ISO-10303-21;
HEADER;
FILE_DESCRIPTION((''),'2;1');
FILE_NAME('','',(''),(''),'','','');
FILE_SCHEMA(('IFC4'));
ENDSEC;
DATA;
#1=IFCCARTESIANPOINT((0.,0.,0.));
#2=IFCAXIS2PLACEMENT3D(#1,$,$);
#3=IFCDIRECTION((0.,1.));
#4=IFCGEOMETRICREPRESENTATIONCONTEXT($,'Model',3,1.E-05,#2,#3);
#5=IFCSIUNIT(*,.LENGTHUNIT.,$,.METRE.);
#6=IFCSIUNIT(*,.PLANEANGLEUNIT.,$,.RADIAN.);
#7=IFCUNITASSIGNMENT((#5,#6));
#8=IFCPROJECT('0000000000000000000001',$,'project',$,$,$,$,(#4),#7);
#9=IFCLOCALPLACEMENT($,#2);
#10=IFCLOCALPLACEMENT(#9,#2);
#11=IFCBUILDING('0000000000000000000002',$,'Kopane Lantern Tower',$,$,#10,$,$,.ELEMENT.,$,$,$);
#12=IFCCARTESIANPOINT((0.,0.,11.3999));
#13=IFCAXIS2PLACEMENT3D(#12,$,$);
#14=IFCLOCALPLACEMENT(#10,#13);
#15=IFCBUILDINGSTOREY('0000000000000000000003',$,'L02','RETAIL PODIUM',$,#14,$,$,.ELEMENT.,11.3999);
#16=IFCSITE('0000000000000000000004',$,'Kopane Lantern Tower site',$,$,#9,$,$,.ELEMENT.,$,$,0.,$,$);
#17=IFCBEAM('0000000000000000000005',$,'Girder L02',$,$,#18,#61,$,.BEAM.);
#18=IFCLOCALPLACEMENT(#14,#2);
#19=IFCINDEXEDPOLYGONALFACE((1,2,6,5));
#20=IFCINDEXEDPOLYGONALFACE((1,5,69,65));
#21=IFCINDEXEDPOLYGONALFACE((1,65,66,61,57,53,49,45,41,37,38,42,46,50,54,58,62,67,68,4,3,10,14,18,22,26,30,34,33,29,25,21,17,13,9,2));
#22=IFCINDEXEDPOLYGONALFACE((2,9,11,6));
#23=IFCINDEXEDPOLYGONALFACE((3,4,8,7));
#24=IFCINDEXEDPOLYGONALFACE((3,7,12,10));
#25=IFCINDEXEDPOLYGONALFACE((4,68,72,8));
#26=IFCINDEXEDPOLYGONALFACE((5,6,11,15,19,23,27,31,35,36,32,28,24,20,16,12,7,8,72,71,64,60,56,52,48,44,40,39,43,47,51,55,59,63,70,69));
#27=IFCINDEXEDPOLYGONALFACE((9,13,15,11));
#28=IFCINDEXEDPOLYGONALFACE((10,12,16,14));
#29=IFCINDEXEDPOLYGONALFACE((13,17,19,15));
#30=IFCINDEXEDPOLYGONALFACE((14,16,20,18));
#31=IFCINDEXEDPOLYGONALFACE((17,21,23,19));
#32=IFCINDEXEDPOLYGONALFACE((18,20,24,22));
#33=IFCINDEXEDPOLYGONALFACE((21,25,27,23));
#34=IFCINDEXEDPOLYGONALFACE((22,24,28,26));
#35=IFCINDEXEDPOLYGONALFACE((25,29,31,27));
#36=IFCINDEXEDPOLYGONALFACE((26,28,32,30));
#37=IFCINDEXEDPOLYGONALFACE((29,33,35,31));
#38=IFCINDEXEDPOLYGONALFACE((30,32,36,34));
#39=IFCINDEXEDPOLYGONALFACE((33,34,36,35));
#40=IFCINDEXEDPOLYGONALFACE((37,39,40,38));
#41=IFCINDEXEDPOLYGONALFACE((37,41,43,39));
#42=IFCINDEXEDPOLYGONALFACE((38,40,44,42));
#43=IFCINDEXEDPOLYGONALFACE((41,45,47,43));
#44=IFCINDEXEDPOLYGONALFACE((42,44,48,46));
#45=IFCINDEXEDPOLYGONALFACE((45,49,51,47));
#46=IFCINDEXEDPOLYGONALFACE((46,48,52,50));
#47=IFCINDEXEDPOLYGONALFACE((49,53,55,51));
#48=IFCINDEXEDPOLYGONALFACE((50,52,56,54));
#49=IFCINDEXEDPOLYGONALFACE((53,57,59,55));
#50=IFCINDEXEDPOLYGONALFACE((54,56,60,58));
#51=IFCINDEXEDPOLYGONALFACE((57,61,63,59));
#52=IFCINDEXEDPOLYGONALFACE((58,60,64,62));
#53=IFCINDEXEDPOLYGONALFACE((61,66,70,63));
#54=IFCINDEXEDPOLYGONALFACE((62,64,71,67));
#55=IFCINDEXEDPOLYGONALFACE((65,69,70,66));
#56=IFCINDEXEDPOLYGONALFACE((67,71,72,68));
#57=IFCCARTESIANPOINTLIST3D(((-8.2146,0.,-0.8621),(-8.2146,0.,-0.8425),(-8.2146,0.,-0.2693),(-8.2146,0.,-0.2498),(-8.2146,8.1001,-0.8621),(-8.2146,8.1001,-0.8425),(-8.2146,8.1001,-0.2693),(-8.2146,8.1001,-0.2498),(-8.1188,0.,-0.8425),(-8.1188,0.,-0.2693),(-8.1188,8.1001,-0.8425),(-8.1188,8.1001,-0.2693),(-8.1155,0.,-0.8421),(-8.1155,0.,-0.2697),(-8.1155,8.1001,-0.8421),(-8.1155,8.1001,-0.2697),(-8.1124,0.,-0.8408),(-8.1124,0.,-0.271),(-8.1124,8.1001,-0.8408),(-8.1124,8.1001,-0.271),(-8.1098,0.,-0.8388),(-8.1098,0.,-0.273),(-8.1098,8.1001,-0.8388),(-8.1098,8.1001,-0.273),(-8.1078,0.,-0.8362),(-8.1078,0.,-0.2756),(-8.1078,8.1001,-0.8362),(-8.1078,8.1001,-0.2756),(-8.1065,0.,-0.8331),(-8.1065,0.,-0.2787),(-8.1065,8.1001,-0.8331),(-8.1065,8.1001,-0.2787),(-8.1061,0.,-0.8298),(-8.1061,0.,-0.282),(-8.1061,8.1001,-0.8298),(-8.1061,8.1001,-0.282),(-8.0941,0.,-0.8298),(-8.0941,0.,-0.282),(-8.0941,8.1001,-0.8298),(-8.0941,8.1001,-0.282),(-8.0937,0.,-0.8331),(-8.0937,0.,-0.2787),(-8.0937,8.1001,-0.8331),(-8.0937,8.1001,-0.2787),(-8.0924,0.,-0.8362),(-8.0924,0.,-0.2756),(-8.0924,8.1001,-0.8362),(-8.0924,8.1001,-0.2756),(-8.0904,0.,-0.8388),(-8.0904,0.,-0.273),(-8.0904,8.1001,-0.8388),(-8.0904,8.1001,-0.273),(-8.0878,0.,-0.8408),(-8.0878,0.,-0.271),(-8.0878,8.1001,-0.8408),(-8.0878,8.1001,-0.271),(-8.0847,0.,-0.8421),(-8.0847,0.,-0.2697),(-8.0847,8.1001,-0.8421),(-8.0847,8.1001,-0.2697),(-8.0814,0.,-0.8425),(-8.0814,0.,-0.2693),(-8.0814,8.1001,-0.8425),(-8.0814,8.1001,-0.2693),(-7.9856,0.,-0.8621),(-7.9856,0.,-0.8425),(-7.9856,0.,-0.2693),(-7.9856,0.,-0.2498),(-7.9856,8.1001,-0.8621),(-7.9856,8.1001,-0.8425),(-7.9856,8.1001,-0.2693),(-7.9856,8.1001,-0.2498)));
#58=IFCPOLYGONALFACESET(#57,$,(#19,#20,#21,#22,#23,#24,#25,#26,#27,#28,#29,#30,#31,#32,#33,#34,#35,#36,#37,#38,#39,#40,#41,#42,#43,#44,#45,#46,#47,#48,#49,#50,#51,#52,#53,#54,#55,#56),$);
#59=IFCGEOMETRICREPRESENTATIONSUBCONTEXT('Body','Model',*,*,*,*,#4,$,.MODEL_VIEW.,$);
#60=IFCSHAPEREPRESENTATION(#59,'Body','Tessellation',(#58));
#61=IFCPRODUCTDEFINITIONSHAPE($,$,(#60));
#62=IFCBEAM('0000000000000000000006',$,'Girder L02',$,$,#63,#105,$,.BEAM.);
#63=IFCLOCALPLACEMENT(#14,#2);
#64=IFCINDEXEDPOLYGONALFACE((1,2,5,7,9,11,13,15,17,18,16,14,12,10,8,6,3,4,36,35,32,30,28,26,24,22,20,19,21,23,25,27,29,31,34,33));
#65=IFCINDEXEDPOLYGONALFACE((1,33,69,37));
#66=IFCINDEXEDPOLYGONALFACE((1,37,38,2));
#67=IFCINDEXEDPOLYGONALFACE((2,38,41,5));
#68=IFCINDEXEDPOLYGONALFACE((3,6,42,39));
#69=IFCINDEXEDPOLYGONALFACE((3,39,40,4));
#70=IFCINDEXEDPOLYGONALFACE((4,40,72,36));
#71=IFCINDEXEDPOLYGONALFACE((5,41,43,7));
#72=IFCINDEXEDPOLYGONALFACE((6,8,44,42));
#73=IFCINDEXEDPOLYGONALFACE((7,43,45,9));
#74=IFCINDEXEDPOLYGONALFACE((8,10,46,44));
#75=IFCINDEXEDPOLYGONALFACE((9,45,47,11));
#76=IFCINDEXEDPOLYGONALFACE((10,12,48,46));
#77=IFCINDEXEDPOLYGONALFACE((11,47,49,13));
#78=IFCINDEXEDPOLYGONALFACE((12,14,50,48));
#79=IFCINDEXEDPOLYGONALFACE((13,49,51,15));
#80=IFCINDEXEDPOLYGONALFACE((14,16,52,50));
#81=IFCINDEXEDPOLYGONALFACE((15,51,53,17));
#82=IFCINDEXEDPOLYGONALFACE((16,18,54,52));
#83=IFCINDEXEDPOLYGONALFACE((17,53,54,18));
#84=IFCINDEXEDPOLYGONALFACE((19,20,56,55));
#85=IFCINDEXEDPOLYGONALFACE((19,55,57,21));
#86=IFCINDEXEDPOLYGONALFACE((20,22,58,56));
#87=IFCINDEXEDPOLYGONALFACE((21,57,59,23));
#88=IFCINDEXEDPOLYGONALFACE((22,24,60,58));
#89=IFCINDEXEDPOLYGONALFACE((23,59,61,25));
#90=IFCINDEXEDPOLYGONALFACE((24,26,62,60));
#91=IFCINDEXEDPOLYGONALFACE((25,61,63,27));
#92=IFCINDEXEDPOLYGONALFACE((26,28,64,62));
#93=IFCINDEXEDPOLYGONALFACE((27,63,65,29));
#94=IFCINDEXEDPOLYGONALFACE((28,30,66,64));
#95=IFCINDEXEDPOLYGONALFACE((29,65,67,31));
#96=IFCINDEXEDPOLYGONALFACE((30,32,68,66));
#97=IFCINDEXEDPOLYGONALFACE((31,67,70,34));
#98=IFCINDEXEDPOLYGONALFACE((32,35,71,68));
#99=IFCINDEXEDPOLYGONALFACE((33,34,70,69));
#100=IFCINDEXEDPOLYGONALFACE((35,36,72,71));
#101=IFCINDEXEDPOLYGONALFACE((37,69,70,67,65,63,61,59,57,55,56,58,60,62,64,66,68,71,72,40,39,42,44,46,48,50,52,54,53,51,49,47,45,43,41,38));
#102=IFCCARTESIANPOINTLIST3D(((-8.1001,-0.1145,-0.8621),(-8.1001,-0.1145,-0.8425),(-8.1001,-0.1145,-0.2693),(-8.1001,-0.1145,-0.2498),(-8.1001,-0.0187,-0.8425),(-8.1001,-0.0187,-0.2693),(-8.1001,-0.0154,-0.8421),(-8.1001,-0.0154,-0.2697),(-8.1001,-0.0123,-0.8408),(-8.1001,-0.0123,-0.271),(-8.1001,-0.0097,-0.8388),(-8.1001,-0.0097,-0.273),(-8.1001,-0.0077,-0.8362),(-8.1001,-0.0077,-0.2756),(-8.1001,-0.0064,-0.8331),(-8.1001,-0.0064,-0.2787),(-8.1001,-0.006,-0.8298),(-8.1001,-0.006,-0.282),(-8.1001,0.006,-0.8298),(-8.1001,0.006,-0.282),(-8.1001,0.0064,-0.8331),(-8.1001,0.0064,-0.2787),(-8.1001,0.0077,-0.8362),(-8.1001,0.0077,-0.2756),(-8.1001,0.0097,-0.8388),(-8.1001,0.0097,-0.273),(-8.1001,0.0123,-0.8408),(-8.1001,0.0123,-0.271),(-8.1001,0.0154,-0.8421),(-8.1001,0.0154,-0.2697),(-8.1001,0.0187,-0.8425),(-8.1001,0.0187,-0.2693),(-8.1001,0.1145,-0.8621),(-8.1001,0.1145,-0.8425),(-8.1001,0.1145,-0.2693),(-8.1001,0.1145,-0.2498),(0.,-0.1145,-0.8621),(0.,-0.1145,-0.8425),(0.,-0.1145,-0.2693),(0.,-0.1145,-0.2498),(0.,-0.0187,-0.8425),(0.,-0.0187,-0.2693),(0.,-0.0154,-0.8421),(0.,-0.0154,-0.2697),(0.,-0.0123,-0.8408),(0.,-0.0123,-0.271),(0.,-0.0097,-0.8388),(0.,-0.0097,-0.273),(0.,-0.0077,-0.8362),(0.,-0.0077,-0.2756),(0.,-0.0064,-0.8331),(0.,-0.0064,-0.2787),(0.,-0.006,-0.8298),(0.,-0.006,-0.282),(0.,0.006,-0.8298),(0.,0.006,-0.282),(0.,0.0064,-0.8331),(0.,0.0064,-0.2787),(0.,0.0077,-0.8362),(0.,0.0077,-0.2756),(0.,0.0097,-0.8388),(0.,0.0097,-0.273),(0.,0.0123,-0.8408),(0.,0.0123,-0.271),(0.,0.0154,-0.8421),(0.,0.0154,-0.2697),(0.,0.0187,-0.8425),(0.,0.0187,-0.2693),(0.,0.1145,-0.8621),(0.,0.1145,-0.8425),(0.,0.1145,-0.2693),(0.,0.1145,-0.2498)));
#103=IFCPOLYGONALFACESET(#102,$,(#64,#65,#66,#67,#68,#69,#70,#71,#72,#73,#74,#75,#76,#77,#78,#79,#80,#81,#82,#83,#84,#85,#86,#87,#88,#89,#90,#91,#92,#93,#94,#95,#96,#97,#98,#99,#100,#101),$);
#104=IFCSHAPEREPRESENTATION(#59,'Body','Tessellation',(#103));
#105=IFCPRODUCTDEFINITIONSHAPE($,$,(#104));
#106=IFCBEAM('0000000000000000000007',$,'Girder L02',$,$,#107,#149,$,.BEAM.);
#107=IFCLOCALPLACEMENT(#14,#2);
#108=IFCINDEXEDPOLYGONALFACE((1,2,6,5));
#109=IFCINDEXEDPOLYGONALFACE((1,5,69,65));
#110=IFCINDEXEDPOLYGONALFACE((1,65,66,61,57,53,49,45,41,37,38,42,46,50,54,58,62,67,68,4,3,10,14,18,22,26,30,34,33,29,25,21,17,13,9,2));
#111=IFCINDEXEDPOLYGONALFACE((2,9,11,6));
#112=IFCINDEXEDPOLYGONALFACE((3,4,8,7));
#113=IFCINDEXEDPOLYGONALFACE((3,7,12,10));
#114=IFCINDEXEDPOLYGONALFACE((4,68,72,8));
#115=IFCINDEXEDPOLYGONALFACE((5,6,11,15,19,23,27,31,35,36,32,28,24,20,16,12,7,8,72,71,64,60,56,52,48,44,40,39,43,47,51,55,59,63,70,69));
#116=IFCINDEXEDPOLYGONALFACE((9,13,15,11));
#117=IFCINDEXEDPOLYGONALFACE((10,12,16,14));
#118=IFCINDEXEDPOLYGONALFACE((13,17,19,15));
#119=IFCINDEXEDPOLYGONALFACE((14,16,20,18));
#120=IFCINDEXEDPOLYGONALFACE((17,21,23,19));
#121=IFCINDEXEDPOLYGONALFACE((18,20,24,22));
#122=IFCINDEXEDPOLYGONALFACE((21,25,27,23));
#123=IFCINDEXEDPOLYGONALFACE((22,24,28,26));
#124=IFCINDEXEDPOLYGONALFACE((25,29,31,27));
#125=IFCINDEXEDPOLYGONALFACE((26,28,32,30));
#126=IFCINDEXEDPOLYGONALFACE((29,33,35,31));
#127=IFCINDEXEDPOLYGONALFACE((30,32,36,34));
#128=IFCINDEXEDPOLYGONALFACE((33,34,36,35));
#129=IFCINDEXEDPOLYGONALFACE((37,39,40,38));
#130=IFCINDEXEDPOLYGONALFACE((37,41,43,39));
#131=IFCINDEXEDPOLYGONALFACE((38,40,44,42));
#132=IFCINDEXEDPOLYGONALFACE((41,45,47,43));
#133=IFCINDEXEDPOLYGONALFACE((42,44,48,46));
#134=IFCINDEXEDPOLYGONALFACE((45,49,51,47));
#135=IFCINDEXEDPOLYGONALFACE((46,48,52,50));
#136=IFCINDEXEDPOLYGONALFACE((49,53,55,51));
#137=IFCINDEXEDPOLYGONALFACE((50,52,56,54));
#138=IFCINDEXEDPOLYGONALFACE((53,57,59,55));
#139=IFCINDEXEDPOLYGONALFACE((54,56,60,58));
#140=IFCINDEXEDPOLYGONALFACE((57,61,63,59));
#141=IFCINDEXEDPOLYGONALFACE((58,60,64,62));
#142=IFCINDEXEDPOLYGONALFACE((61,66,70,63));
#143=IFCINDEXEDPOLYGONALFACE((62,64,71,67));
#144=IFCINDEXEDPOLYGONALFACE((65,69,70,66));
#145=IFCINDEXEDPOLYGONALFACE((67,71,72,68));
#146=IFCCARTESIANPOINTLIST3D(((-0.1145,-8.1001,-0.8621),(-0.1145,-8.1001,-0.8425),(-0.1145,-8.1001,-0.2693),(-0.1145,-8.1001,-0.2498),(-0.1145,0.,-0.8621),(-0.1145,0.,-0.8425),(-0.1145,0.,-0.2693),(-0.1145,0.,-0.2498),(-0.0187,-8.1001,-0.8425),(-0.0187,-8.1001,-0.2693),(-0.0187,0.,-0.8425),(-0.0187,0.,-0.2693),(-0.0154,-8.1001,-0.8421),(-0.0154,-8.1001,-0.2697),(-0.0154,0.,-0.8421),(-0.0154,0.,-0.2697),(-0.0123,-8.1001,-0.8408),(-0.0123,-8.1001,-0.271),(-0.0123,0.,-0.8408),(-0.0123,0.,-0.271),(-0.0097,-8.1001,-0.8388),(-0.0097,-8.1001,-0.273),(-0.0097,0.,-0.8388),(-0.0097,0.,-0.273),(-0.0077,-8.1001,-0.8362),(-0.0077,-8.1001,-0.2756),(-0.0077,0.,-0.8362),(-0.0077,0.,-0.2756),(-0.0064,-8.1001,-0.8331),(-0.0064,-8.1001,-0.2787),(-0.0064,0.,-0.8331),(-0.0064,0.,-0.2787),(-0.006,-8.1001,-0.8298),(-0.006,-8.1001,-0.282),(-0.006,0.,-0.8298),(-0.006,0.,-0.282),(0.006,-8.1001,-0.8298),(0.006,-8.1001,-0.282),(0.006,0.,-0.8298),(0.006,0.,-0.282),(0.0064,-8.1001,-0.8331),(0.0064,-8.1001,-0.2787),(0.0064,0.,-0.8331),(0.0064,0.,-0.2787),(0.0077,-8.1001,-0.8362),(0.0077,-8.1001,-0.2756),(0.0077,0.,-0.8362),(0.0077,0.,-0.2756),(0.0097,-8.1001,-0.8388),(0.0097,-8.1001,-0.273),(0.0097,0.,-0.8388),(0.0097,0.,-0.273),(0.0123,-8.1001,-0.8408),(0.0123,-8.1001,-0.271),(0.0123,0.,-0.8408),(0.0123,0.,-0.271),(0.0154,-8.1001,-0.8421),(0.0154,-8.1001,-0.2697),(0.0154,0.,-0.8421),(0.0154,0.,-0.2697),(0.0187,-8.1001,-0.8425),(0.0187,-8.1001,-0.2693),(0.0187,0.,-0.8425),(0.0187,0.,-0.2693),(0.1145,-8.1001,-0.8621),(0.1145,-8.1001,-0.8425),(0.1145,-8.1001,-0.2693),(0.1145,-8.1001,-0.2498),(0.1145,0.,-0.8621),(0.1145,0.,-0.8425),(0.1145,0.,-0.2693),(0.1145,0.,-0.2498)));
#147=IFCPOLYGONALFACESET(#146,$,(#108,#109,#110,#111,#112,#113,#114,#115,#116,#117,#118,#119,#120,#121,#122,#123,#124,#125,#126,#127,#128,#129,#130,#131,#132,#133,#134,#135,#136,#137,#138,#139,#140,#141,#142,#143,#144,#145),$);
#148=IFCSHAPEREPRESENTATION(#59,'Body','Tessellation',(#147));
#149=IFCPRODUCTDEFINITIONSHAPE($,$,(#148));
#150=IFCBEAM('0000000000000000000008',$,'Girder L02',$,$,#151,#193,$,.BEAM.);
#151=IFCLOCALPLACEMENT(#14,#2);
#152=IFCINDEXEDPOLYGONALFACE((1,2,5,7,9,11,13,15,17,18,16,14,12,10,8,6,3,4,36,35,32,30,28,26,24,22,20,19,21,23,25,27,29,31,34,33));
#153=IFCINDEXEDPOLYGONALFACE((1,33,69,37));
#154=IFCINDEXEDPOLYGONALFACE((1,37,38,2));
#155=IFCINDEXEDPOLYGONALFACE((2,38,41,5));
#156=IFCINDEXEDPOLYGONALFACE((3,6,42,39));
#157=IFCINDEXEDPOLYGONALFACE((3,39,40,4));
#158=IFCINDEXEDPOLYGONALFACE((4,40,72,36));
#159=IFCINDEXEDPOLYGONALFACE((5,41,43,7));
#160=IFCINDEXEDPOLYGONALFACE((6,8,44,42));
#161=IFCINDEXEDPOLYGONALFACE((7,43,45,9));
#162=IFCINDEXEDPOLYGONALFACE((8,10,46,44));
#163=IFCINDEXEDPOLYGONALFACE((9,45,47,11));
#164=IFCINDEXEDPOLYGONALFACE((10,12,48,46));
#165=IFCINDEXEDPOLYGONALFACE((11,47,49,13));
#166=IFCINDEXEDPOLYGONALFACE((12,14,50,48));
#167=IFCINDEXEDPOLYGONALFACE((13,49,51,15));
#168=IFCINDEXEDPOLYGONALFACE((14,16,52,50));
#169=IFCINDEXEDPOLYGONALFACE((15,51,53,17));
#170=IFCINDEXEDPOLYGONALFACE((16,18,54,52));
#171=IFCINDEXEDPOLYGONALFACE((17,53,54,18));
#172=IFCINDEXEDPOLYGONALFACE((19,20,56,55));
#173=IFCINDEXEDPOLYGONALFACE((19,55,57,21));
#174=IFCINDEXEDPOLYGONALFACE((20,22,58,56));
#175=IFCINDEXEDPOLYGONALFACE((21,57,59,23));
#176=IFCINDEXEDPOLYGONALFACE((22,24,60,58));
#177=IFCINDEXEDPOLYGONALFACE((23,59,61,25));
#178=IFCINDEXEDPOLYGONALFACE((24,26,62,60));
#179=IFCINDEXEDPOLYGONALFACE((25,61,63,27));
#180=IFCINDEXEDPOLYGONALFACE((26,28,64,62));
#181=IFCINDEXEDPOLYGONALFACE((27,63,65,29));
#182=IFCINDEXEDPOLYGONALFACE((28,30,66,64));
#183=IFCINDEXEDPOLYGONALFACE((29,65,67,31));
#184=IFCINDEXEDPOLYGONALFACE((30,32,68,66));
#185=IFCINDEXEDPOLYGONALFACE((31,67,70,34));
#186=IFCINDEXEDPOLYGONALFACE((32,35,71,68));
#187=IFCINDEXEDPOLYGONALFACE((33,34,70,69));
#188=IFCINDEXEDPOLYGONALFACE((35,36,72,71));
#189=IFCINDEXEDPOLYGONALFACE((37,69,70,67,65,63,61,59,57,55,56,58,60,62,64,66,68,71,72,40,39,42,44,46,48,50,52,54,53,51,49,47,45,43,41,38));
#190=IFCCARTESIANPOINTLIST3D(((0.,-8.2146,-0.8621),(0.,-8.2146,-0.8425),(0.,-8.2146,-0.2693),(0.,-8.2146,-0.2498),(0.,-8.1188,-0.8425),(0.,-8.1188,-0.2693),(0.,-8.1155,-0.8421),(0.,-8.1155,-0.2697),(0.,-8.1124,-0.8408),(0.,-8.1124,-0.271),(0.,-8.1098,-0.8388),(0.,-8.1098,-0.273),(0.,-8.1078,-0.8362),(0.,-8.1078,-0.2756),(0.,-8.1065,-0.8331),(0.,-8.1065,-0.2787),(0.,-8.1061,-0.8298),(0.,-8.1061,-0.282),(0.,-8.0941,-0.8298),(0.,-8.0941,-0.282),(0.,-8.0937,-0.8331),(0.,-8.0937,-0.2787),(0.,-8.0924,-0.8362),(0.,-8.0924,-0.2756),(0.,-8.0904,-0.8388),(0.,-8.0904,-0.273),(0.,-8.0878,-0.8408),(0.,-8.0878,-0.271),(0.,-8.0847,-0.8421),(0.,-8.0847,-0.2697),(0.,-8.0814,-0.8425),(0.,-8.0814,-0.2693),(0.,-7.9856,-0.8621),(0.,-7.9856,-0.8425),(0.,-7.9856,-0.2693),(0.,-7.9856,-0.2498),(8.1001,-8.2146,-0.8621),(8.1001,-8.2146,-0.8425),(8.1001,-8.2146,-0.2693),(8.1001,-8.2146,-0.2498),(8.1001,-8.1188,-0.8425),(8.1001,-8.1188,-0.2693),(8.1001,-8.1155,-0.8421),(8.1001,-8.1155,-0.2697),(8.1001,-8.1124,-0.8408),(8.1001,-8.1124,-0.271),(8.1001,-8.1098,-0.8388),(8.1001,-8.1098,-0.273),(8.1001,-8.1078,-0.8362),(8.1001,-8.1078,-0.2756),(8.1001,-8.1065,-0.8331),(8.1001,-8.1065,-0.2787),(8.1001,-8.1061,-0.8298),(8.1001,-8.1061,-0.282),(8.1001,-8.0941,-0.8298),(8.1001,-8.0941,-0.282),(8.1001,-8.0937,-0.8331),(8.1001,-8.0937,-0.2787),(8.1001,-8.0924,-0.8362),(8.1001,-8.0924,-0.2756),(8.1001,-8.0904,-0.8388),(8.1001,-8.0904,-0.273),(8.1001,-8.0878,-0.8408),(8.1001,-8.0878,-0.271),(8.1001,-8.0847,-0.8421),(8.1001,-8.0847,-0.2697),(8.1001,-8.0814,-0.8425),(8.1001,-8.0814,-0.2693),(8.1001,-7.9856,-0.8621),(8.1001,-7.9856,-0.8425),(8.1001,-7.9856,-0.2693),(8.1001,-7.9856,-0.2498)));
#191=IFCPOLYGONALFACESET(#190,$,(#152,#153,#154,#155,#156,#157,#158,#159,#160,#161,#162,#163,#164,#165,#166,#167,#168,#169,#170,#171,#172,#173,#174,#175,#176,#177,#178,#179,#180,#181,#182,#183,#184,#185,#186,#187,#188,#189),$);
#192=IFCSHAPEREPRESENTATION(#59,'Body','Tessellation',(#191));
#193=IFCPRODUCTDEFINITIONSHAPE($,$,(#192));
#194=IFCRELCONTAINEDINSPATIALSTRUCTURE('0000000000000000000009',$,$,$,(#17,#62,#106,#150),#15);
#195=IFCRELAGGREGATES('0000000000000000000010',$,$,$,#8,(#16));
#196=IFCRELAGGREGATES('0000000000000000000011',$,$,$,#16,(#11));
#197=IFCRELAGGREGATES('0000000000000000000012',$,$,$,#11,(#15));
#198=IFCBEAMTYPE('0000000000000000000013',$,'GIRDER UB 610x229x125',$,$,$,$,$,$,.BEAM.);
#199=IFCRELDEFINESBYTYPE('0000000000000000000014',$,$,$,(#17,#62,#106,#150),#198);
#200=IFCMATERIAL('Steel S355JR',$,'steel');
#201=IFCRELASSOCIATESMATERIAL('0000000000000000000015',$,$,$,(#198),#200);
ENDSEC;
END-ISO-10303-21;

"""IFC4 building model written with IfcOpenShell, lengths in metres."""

from ifc_helpers import new_model, si_unit, direction, frame, origin, origin_2d, place, context, subcontext, project, spatial, i_section, extrude, material, material_profile, profile_set, type_object, element, save


model = new_model("IFC4")

# Units and contexts
model_context = context("Model", 3, precision=1e-05, world=origin(), true_north=direction((0.0, 1.0)))
body_context = subcontext(model_context, "Body", "Model", "MODEL_VIEW")
ifc_project = project(units=[si_unit("LENGTHUNIT", "METRE"), si_unit("PLANEANGLEUNIT", "RADIAN")], contexts=[model_context])

# Site, building, storey
site_placement = place(None, origin())
site = spatial("IfcSite", under=ifc_project, at=site_placement, Name="Kopane Lantern Tower site", CompositionType="ELEMENT", RefElevation=0.0)
building_placement = place(site_placement, origin())
building = spatial("IfcBuilding", under=site, at=building_placement, Name="Kopane Lantern Tower", CompositionType="ELEMENT")
storey_placement = place(building_placement, frame((0.0, 0.0, 11.3999)))
storey = spatial("IfcBuildingStorey", under=building, at=storey_placement, Name="L02", Description="RETAIL PODIUM", CompositionType="ELEMENT", Elevation=11.3999)

# Beams
ifc_material_1 = material(Name="Steel S355JR", Category="steel")
ifc_material_profile_1 = material_profile(ifc_material_1, i_section(OverallWidth=0.229, OverallDepth=0.6123, WebThickness=0.012, FlangeThickness=0.0195, FilletRadius=0.0127, at=origin_2d()), Name="UB 610x229x125")
ifc_profile_set_1 = profile_set([ifc_material_profile_1], Name="Steel S355JR")
beam_type = type_object("IfcBeamType", Name="GIRDER UB 610x229x125", PredefinedType="BEAM", material=ifc_profile_set_1)
for number, where, z_axis, x_axis, name in (
    (1, (-8.1001, 0.0, -0.5559), (0.0, 1.0, 0.0), (-1.0, 0.0, 0.0), "Girder L02"),
    (2, (-8.1001, 0.0, -0.5559), (1.0, 0.0, 0.0), (0.0, 1.0, 0.0), "Girder L02"),
    (3, (0.0, -8.1001, -0.5559), (0.0, 1.0, 0.0), (-1.0, 0.0, 0.0), "Girder L02"),
    (4, (0.0, -8.1001, -0.5559), (1.0, 0.0, 0.0), (0.0, 1.0, 0.0), "Girder L02"),
):
    element("IfcBeam", number, at=place(storey_placement, frame(where, z_axis=z_axis, x_axis=x_axis)), inside=storey, type_object=beam_type, Name=name, PredefinedType="BEAM", context=body_context, shape_type="SweptSolid", body=[
        extrude(i_section(OverallWidth=0.229, OverallDepth=0.6123, WebThickness=0.012, FlangeThickness=0.0195, FilletRadius=0.0127, at=origin_2d()), origin(), (0.0, 0.0, 1.0), 8.1001),
    ])

save(model, "model.ifc")
